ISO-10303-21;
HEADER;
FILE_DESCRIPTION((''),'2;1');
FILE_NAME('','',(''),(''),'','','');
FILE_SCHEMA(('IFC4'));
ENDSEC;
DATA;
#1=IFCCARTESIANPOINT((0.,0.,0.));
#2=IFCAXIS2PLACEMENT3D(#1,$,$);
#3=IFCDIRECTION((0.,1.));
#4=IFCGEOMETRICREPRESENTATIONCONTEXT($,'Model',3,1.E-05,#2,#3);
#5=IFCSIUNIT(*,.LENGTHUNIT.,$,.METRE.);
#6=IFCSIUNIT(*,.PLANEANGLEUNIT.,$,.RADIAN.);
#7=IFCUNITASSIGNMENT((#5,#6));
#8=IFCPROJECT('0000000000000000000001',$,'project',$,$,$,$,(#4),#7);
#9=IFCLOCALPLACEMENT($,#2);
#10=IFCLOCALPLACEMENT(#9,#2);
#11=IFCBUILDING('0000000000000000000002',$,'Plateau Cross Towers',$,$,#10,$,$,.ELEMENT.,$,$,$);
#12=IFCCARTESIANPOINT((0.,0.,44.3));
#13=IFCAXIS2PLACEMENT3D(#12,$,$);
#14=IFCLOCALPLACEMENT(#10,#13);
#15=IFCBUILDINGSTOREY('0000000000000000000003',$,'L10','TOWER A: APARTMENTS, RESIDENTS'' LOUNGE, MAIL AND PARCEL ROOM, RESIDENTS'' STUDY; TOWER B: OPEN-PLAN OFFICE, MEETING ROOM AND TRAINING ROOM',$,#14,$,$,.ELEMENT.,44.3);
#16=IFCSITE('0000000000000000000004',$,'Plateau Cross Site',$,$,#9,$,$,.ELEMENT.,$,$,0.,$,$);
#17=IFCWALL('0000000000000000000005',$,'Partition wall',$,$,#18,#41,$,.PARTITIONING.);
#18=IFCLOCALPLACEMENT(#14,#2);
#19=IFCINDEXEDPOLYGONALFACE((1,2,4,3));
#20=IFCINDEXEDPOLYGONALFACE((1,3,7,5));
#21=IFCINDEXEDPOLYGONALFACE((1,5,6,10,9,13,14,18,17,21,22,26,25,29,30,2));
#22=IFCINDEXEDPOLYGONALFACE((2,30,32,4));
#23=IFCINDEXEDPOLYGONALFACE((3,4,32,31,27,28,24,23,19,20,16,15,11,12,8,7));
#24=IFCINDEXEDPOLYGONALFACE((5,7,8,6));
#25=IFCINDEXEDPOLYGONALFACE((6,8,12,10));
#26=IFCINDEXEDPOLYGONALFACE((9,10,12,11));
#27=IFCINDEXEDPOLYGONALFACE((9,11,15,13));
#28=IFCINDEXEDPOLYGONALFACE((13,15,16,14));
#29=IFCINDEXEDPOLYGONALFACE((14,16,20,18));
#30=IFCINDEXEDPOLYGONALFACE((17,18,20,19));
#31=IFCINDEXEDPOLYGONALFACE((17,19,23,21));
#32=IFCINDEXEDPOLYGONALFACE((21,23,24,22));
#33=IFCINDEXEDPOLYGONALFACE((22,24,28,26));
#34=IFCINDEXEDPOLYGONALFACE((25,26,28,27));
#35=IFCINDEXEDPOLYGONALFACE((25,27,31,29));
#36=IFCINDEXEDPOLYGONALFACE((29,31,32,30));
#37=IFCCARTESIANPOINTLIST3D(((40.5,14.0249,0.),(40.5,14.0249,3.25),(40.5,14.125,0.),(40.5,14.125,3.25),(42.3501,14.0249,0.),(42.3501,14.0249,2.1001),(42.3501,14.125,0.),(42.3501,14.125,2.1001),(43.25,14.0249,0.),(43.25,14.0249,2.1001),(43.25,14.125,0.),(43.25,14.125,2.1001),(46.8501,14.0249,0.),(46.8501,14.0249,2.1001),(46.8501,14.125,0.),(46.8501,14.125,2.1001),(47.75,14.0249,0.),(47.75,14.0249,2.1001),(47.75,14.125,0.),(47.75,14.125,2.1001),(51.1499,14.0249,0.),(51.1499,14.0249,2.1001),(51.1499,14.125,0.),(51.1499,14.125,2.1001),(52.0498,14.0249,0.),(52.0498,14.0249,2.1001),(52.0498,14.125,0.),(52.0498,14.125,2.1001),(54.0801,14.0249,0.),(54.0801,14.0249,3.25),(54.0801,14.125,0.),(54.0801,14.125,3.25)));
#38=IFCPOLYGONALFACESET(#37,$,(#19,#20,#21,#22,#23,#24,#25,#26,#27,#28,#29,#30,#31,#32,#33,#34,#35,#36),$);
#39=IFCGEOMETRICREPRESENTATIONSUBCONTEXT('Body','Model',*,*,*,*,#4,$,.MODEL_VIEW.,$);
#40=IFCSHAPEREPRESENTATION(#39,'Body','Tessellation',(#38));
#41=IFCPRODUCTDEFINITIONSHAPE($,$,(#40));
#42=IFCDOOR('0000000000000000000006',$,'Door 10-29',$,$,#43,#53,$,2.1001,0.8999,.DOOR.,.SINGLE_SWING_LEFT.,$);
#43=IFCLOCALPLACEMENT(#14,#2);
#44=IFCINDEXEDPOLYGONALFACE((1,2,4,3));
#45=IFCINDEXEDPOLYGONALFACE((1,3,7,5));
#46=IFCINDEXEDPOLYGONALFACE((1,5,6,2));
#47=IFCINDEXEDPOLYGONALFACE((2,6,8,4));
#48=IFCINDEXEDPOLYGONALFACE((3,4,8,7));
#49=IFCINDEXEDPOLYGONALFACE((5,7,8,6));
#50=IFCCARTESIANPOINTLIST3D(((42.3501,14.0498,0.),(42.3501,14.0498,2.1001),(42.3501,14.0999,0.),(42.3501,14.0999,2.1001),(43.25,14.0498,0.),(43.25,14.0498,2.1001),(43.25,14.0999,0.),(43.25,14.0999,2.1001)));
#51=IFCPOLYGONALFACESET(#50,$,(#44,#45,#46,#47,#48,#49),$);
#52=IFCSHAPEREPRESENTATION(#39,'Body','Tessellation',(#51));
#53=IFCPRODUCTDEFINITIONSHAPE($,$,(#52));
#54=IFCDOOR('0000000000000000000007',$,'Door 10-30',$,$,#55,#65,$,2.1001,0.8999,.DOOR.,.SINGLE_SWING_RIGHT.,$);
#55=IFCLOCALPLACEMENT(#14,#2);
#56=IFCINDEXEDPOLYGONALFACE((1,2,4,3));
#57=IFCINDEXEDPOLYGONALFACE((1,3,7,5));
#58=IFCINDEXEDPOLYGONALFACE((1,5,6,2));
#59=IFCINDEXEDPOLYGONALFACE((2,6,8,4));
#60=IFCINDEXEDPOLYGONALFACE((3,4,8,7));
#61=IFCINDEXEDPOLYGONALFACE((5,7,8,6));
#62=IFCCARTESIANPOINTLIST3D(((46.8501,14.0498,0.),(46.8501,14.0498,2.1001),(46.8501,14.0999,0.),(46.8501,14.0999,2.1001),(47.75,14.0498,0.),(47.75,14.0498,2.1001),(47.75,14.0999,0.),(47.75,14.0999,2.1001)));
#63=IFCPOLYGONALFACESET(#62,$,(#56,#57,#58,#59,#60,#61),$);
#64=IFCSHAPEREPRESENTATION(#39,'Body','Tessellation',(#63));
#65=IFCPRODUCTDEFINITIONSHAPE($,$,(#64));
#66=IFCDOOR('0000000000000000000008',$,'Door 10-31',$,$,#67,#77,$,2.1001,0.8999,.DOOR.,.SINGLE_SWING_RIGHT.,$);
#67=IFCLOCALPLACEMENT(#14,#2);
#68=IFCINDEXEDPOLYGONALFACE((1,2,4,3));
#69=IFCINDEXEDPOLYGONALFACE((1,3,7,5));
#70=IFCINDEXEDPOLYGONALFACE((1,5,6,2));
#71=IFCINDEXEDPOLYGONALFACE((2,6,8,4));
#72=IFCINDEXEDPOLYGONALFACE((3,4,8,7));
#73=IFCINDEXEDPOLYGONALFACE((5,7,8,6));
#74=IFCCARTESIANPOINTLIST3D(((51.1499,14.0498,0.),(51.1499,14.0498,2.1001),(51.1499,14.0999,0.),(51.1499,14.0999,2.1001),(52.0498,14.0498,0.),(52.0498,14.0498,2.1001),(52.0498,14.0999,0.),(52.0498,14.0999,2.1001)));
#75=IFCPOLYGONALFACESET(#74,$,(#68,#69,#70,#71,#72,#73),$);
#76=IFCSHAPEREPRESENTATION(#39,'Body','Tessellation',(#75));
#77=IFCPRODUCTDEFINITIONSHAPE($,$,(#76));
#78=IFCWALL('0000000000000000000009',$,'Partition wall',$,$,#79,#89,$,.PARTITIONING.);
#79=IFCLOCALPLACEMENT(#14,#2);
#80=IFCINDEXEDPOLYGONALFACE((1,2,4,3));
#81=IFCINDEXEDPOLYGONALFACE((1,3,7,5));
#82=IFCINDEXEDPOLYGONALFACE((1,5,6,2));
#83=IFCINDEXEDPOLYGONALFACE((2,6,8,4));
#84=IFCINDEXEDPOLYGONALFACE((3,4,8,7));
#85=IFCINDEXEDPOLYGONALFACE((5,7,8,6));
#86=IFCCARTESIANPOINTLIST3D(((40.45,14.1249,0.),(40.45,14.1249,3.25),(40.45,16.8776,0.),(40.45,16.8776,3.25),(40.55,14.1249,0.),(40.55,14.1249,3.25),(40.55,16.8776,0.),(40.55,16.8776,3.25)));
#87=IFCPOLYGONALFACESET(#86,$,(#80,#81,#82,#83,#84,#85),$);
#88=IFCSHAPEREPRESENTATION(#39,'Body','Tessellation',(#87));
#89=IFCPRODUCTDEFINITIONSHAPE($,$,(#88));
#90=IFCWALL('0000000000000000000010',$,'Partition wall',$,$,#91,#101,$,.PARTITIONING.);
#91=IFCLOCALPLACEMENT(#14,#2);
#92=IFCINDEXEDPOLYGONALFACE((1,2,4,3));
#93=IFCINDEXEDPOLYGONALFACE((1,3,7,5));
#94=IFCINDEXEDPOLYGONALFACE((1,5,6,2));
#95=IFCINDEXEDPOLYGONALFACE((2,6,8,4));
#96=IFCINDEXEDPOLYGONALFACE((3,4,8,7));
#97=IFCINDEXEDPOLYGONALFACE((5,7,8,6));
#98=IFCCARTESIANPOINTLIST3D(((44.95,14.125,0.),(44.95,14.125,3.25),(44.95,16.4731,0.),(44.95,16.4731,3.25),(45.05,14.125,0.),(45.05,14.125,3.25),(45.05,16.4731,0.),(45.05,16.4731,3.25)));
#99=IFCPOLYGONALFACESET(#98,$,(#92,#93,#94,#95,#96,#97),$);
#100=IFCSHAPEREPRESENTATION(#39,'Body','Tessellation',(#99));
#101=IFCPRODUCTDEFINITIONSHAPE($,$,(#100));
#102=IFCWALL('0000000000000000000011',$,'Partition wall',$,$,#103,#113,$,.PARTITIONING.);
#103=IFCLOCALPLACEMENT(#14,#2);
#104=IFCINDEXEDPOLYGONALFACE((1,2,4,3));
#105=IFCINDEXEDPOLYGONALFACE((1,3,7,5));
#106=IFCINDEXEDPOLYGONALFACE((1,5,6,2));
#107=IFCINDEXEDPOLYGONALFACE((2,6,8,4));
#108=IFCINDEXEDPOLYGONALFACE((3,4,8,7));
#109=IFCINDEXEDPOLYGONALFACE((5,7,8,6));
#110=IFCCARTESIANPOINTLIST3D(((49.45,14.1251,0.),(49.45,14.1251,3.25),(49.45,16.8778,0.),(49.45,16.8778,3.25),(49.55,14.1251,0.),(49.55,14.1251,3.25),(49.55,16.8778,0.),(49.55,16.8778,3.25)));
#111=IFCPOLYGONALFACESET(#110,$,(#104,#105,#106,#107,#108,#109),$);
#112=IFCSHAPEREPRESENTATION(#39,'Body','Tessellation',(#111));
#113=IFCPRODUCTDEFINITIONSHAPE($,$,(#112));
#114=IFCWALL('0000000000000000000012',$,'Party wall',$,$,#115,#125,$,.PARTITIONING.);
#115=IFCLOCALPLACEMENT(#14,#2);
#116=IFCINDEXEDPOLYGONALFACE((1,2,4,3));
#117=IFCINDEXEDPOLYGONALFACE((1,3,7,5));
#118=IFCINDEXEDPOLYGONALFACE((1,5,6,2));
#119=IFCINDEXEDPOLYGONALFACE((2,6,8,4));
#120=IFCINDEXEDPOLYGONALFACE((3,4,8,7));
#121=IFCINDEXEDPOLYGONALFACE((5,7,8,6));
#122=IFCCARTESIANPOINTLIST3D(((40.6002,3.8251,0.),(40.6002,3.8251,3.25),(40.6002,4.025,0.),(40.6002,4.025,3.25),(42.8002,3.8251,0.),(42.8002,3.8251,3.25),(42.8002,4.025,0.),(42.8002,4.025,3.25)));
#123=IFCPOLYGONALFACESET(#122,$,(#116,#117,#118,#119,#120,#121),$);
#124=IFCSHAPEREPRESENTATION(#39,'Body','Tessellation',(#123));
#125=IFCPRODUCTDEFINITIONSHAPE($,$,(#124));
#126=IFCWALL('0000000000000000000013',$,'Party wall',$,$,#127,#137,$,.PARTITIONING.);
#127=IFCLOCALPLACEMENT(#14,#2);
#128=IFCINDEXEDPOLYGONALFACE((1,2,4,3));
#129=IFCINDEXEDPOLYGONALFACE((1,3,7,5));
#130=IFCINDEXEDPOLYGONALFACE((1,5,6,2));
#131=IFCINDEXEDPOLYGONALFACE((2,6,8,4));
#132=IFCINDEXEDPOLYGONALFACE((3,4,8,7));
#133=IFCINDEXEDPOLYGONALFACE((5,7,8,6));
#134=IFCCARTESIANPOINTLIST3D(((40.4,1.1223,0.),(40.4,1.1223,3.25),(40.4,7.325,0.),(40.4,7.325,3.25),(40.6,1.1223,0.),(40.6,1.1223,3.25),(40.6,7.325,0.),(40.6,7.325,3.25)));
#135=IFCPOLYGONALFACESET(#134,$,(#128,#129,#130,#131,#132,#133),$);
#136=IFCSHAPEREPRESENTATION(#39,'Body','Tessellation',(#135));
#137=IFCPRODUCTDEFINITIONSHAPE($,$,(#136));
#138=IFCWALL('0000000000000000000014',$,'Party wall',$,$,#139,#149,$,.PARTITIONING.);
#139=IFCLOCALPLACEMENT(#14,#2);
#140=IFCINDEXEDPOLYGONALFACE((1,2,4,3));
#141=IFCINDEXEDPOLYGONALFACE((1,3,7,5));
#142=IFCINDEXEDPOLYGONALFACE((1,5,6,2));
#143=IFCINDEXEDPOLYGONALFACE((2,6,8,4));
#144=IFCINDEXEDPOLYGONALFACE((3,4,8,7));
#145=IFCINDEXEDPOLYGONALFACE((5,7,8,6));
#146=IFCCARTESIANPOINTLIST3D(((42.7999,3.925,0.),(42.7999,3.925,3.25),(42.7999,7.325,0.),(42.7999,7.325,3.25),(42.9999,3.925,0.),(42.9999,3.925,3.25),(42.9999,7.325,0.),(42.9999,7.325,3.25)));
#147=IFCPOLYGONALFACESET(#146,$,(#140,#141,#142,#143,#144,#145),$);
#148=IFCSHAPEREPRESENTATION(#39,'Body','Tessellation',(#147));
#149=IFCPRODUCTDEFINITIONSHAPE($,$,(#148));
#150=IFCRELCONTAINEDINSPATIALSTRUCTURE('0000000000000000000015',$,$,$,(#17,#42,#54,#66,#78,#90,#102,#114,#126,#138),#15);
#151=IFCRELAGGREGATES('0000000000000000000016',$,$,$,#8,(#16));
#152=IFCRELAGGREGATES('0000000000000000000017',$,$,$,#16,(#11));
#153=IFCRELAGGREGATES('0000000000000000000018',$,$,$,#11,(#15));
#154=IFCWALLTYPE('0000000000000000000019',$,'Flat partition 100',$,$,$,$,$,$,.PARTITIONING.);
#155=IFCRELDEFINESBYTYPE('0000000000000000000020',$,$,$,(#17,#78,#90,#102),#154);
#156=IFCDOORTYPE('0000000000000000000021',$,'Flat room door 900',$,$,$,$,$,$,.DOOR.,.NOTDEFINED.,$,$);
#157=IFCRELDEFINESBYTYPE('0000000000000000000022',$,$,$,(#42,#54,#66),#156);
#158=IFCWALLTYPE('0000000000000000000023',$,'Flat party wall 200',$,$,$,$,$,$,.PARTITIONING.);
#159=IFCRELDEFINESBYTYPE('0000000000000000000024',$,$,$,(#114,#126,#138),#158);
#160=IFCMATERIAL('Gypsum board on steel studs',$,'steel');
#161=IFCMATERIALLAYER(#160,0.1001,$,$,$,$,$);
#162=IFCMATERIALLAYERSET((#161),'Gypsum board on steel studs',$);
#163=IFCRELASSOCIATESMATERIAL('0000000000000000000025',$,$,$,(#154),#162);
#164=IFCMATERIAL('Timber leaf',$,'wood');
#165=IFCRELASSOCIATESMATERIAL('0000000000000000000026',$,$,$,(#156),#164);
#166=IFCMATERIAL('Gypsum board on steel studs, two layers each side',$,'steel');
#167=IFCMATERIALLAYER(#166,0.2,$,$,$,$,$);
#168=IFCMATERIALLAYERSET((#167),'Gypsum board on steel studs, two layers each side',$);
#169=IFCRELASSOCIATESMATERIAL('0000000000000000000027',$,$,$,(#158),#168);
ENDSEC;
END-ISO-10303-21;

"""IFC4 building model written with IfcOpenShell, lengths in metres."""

from ifc_helpers import new_model, si_unit, direction, frame, frame_2d, origin, place, context, subcontext, project, spatial, rectangle, extrude, material, layer, layer_set, type_object, element, fill, save


model = new_model("IFC4")

# Units and contexts
model_context = context("Model", 3, precision=1e-05, world=origin(), true_north=direction((0.0, 1.0)))
body_context = subcontext(model_context, "Body", "Model", "MODEL_VIEW")
ifc_project = project(units=[si_unit("LENGTHUNIT", "METRE"), si_unit("PLANEANGLEUNIT", "RADIAN")], contexts=[model_context])

# Site, building, storey
site_placement = place(None, origin())
site = spatial("IfcSite", under=ifc_project, at=site_placement, Name="Plateau Cross Site", CompositionType="ELEMENT", RefElevation=0.0)
building_placement = place(site_placement, origin())
building = spatial("IfcBuilding", under=site, at=building_placement, Name="Plateau Cross Towers", CompositionType="ELEMENT")
storey_placement = place(building_placement, frame((0.0, 0.0, 44.3)))
storey = spatial("IfcBuildingStorey", under=building, at=storey_placement, Name="L10", Description="TOWER A: APARTMENTS, RESIDENTS' LOUNGE, MAIL AND PARCEL ROOM, RESIDENTS' STUDY; TOWER B: OPEN-PLAN OFFICE, MEETING ROOM AND TRAINING ROOM", CompositionType="ELEMENT", Elevation=44.3)

# Wall, openings, doors
ifc_material_1 = material(Name="Gypsum board on steel studs", Category="steel")
ifc_layer_1 = layer(ifc_material_1, 0.1001)
ifc_layer_set_1 = layer_set([ifc_layer_1], Name="Gypsum board on steel studs")
wall_type_1 = type_object("IfcWallType", Name="Flat partition 100", PredefinedType="PARTITIONING", material=ifc_layer_set_1)
wall_1_placement = place(storey_placement, frame((40.5, 14.075, 0.0), z_axis=(0.0, 0.0, 1.0), x_axis=(1.0, 0.0, 0.0)))
wall_1 = element("IfcWall", 1, at=wall_1_placement, inside=storey, type_object=wall_type_1, Name="Partition wall", PredefinedType="PARTITIONING", context=body_context, shape_type="SweptSolid", body=[
    extrude(rectangle(XDim=13.5801, YDim=0.1001, at=frame_2d((6.79, 0.0))), origin(), (0.0, 0.0, 1.0), 3.25),
])
opening_1_placement = place(wall_1_placement, frame((1.8501, 0.0, 0.0)))
opening_1 = element("IfcOpeningElement", 2, at=opening_1_placement, cuts=wall_1, PredefinedType="OPENING", context=body_context, shape_type="SweptSolid", body=[
    extrude(rectangle(XDim=0.8999, YDim=2.1001, at=frame_2d((0.45, 1.05))), frame((0.0, 0.0601, 0.0), z_axis=(0.0, -1.0, 0.0), x_axis=(1.0, 0.0, 0.0)), (0.0, 0.0, 1.0), 0.1201),
])
opening_2_placement = place(wall_1_placement, frame((6.3501, 0.0, 0.0)))
opening_2 = element("IfcOpeningElement", 3, at=opening_2_placement, cuts=wall_1, PredefinedType="OPENING", context=body_context, shape_type="SweptSolid", body=[
    extrude(rectangle(XDim=0.8999, YDim=2.1001, at=frame_2d((0.45, 1.05))), frame((0.0, 0.0601, 0.0), z_axis=(0.0, -1.0, 0.0), x_axis=(1.0, 0.0, 0.0)), (0.0, 0.0, 1.0), 0.1201),
])
opening_3_placement = place(wall_1_placement, frame((10.6499, 0.0, 0.0)))
opening_3 = element("IfcOpeningElement", 4, at=opening_3_placement, cuts=wall_1, PredefinedType="OPENING", context=body_context, shape_type="SweptSolid", body=[
    extrude(rectangle(XDim=0.8999, YDim=2.1001, at=frame_2d((0.45, 1.05))), frame((0.0, 0.0601, 0.0), z_axis=(0.0, -1.0, 0.0), x_axis=(1.0, 0.0, 0.0)), (0.0, 0.0, 1.0), 0.1201),
])
ifc_material_2 = material(Name="Timber leaf", Category="wood")
door_type_1 = type_object("IfcDoorType", Name="Flat room door 900", OperationType="NOTDEFINED", PredefinedType="DOOR", material=ifc_material_2)
door_1_placement = place(opening_1_placement, origin())
door_1 = element("IfcDoor", 5, at=door_1_placement, inside=storey, type_object=door_type_1, Name="Door 10-29", OperationType="SINGLE_SWING_LEFT", OverallHeight=2.1001, OverallWidth=0.8999, PredefinedType="DOOR", context=body_context, shape_type="SweptSolid", body=[
    extrude(rectangle(XDim=0.8999, YDim=2.1001, at=frame_2d((0.45, 1.05))), frame((0.0, 0.0249, 0.0), z_axis=(0.0, -1.0, 0.0), x_axis=(1.0, 0.0, 0.0)), (0.0, 0.0, 1.0), 0.05),
])
fill(opening_1, door_1)
door_2_placement = place(opening_2_placement, origin())
door_2 = element("IfcDoor", 6, at=door_2_placement, inside=storey, type_object=door_type_1, Name="Door 10-30", OperationType="SINGLE_SWING_RIGHT", OverallHeight=2.1001, OverallWidth=0.8999, PredefinedType="DOOR", context=body_context, shape_type="SweptSolid", body=[
    extrude(rectangle(XDim=0.8999, YDim=2.1001, at=frame_2d((0.45, 1.05))), frame((0.0, 0.0249, 0.0), z_axis=(0.0, -1.0, 0.0), x_axis=(1.0, 0.0, 0.0)), (0.0, 0.0, 1.0), 0.05),
])
fill(opening_2, door_2)
door_3_placement = place(opening_3_placement, origin())
door_3 = element("IfcDoor", 7, at=door_3_placement, inside=storey, type_object=door_type_1, Name="Door 10-31", OperationType="SINGLE_SWING_RIGHT", OverallHeight=2.1001, OverallWidth=0.8999, PredefinedType="DOOR", context=body_context, shape_type="SweptSolid", body=[
    extrude(rectangle(XDim=0.8999, YDim=2.1001, at=frame_2d((0.45, 1.05))), frame((0.0, 0.0249, 0.0), z_axis=(0.0, -1.0, 0.0), x_axis=(1.0, 0.0, 0.0)), (0.0, 0.0, 1.0), 0.05),
])
fill(opening_3, door_3)

# Walls
wall_2_placement = place(storey_placement, frame((40.5, 16.8777, 0.0), z_axis=(0.0, 0.0, 1.0), x_axis=(0.0, -1.0, 0.0)))
element("IfcWall", 8, at=wall_2_placement, inside=storey, type_object=wall_type_1, Name="Partition wall", PredefinedType="PARTITIONING", context=body_context, shape_type="SweptSolid", body=[
    extrude(rectangle(XDim=2.7527, YDim=0.1001, at=frame_2d((1.3765, 0.0))), origin(), (0.0, 0.0, 1.0), 3.25),
])
wall_3_placement = place(storey_placement, frame((45.0, 14.125, 0.0), z_axis=(0.0, 0.0, 1.0), x_axis=(0.0, 1.0, 0.0)))
element("IfcWall", 9, at=wall_3_placement, inside=storey, type_object=wall_type_1, Name="Partition wall", PredefinedType="PARTITIONING", context=body_context, shape_type="SweptSolid", body=[
    extrude(rectangle(XDim=2.3481, YDim=0.1001, at=frame_2d((1.1741, 0.0))), origin(), (0.0, 0.0, 1.0), 3.25),
])
wall_4_placement = place(storey_placement, frame((49.5, 14.125, 0.0), z_axis=(0.0, 0.0, 1.0), x_axis=(0.0, 1.0, 0.0)))
element("IfcWall", 10, at=wall_4_placement, inside=storey, type_object=wall_type_1, Name="Partition wall", PredefinedType="PARTITIONING", context=body_context, shape_type="SweptSolid", body=[
    extrude(rectangle(XDim=2.7527, YDim=0.1001, at=frame_2d((1.3765, 0.0))), origin(), (0.0, 0.0, 1.0), 3.25),
])
ifc_material_3 = material(Name="Gypsum board on steel studs, two layers each side", Category="steel")
ifc_layer_2 = layer(ifc_material_3, 0.2)
ifc_layer_set_2 = layer_set([ifc_layer_2], Name="Gypsum board on steel studs, two layers each side")
wall_type_2 = type_object("IfcWallType", Name="Flat party wall 200", PredefinedType="PARTITIONING", material=ifc_layer_set_2)
wall_5_placement = place(storey_placement, frame((40.6001, 3.925, 0.0), z_axis=(0.0, 0.0, 1.0), x_axis=(1.0, 0.0, 0.0)))
element("IfcWall", 11, at=wall_5_placement, inside=storey, type_object=wall_type_2, Name="Party wall", PredefinedType="PARTITIONING", context=body_context, shape_type="SweptSolid", body=[
    extrude(rectangle(XDim=2.2, YDim=0.2, at=frame_2d((1.1001, 0.0))), origin(), (0.0, 0.0, 1.0), 3.25),
])
wall_6_placement = place(storey_placement, frame((40.5, 1.1223, 0.0), z_axis=(0.0, 0.0, 1.0), x_axis=(0.0, 1.0, 0.0)))
element("IfcWall", 12, at=wall_6_placement, inside=storey, type_object=wall_type_2, Name="Party wall", PredefinedType="PARTITIONING", context=body_context, shape_type="SweptSolid", body=[
    extrude(rectangle(XDim=6.2026, YDim=0.2, at=frame_2d((3.1013, 0.0))), origin(), (0.0, 0.0, 1.0), 3.25),
])
wall_7_placement = place(storey_placement, frame((42.8999, 3.925, 0.0), z_axis=(0.0, 0.0, 1.0), x_axis=(0.0, 1.0, 0.0)))
element("IfcWall", 13, at=wall_7_placement, inside=storey, type_object=wall_type_2, Name="Party wall", PredefinedType="PARTITIONING", context=body_context, shape_type="SweptSolid", body=[
    extrude(rectangle(XDim=3.3999, YDim=0.2, at=frame_2d((1.7, 0.0))), origin(), (0.0, 0.0, 1.0), 3.25),
])

save(model, "model.ifc")
